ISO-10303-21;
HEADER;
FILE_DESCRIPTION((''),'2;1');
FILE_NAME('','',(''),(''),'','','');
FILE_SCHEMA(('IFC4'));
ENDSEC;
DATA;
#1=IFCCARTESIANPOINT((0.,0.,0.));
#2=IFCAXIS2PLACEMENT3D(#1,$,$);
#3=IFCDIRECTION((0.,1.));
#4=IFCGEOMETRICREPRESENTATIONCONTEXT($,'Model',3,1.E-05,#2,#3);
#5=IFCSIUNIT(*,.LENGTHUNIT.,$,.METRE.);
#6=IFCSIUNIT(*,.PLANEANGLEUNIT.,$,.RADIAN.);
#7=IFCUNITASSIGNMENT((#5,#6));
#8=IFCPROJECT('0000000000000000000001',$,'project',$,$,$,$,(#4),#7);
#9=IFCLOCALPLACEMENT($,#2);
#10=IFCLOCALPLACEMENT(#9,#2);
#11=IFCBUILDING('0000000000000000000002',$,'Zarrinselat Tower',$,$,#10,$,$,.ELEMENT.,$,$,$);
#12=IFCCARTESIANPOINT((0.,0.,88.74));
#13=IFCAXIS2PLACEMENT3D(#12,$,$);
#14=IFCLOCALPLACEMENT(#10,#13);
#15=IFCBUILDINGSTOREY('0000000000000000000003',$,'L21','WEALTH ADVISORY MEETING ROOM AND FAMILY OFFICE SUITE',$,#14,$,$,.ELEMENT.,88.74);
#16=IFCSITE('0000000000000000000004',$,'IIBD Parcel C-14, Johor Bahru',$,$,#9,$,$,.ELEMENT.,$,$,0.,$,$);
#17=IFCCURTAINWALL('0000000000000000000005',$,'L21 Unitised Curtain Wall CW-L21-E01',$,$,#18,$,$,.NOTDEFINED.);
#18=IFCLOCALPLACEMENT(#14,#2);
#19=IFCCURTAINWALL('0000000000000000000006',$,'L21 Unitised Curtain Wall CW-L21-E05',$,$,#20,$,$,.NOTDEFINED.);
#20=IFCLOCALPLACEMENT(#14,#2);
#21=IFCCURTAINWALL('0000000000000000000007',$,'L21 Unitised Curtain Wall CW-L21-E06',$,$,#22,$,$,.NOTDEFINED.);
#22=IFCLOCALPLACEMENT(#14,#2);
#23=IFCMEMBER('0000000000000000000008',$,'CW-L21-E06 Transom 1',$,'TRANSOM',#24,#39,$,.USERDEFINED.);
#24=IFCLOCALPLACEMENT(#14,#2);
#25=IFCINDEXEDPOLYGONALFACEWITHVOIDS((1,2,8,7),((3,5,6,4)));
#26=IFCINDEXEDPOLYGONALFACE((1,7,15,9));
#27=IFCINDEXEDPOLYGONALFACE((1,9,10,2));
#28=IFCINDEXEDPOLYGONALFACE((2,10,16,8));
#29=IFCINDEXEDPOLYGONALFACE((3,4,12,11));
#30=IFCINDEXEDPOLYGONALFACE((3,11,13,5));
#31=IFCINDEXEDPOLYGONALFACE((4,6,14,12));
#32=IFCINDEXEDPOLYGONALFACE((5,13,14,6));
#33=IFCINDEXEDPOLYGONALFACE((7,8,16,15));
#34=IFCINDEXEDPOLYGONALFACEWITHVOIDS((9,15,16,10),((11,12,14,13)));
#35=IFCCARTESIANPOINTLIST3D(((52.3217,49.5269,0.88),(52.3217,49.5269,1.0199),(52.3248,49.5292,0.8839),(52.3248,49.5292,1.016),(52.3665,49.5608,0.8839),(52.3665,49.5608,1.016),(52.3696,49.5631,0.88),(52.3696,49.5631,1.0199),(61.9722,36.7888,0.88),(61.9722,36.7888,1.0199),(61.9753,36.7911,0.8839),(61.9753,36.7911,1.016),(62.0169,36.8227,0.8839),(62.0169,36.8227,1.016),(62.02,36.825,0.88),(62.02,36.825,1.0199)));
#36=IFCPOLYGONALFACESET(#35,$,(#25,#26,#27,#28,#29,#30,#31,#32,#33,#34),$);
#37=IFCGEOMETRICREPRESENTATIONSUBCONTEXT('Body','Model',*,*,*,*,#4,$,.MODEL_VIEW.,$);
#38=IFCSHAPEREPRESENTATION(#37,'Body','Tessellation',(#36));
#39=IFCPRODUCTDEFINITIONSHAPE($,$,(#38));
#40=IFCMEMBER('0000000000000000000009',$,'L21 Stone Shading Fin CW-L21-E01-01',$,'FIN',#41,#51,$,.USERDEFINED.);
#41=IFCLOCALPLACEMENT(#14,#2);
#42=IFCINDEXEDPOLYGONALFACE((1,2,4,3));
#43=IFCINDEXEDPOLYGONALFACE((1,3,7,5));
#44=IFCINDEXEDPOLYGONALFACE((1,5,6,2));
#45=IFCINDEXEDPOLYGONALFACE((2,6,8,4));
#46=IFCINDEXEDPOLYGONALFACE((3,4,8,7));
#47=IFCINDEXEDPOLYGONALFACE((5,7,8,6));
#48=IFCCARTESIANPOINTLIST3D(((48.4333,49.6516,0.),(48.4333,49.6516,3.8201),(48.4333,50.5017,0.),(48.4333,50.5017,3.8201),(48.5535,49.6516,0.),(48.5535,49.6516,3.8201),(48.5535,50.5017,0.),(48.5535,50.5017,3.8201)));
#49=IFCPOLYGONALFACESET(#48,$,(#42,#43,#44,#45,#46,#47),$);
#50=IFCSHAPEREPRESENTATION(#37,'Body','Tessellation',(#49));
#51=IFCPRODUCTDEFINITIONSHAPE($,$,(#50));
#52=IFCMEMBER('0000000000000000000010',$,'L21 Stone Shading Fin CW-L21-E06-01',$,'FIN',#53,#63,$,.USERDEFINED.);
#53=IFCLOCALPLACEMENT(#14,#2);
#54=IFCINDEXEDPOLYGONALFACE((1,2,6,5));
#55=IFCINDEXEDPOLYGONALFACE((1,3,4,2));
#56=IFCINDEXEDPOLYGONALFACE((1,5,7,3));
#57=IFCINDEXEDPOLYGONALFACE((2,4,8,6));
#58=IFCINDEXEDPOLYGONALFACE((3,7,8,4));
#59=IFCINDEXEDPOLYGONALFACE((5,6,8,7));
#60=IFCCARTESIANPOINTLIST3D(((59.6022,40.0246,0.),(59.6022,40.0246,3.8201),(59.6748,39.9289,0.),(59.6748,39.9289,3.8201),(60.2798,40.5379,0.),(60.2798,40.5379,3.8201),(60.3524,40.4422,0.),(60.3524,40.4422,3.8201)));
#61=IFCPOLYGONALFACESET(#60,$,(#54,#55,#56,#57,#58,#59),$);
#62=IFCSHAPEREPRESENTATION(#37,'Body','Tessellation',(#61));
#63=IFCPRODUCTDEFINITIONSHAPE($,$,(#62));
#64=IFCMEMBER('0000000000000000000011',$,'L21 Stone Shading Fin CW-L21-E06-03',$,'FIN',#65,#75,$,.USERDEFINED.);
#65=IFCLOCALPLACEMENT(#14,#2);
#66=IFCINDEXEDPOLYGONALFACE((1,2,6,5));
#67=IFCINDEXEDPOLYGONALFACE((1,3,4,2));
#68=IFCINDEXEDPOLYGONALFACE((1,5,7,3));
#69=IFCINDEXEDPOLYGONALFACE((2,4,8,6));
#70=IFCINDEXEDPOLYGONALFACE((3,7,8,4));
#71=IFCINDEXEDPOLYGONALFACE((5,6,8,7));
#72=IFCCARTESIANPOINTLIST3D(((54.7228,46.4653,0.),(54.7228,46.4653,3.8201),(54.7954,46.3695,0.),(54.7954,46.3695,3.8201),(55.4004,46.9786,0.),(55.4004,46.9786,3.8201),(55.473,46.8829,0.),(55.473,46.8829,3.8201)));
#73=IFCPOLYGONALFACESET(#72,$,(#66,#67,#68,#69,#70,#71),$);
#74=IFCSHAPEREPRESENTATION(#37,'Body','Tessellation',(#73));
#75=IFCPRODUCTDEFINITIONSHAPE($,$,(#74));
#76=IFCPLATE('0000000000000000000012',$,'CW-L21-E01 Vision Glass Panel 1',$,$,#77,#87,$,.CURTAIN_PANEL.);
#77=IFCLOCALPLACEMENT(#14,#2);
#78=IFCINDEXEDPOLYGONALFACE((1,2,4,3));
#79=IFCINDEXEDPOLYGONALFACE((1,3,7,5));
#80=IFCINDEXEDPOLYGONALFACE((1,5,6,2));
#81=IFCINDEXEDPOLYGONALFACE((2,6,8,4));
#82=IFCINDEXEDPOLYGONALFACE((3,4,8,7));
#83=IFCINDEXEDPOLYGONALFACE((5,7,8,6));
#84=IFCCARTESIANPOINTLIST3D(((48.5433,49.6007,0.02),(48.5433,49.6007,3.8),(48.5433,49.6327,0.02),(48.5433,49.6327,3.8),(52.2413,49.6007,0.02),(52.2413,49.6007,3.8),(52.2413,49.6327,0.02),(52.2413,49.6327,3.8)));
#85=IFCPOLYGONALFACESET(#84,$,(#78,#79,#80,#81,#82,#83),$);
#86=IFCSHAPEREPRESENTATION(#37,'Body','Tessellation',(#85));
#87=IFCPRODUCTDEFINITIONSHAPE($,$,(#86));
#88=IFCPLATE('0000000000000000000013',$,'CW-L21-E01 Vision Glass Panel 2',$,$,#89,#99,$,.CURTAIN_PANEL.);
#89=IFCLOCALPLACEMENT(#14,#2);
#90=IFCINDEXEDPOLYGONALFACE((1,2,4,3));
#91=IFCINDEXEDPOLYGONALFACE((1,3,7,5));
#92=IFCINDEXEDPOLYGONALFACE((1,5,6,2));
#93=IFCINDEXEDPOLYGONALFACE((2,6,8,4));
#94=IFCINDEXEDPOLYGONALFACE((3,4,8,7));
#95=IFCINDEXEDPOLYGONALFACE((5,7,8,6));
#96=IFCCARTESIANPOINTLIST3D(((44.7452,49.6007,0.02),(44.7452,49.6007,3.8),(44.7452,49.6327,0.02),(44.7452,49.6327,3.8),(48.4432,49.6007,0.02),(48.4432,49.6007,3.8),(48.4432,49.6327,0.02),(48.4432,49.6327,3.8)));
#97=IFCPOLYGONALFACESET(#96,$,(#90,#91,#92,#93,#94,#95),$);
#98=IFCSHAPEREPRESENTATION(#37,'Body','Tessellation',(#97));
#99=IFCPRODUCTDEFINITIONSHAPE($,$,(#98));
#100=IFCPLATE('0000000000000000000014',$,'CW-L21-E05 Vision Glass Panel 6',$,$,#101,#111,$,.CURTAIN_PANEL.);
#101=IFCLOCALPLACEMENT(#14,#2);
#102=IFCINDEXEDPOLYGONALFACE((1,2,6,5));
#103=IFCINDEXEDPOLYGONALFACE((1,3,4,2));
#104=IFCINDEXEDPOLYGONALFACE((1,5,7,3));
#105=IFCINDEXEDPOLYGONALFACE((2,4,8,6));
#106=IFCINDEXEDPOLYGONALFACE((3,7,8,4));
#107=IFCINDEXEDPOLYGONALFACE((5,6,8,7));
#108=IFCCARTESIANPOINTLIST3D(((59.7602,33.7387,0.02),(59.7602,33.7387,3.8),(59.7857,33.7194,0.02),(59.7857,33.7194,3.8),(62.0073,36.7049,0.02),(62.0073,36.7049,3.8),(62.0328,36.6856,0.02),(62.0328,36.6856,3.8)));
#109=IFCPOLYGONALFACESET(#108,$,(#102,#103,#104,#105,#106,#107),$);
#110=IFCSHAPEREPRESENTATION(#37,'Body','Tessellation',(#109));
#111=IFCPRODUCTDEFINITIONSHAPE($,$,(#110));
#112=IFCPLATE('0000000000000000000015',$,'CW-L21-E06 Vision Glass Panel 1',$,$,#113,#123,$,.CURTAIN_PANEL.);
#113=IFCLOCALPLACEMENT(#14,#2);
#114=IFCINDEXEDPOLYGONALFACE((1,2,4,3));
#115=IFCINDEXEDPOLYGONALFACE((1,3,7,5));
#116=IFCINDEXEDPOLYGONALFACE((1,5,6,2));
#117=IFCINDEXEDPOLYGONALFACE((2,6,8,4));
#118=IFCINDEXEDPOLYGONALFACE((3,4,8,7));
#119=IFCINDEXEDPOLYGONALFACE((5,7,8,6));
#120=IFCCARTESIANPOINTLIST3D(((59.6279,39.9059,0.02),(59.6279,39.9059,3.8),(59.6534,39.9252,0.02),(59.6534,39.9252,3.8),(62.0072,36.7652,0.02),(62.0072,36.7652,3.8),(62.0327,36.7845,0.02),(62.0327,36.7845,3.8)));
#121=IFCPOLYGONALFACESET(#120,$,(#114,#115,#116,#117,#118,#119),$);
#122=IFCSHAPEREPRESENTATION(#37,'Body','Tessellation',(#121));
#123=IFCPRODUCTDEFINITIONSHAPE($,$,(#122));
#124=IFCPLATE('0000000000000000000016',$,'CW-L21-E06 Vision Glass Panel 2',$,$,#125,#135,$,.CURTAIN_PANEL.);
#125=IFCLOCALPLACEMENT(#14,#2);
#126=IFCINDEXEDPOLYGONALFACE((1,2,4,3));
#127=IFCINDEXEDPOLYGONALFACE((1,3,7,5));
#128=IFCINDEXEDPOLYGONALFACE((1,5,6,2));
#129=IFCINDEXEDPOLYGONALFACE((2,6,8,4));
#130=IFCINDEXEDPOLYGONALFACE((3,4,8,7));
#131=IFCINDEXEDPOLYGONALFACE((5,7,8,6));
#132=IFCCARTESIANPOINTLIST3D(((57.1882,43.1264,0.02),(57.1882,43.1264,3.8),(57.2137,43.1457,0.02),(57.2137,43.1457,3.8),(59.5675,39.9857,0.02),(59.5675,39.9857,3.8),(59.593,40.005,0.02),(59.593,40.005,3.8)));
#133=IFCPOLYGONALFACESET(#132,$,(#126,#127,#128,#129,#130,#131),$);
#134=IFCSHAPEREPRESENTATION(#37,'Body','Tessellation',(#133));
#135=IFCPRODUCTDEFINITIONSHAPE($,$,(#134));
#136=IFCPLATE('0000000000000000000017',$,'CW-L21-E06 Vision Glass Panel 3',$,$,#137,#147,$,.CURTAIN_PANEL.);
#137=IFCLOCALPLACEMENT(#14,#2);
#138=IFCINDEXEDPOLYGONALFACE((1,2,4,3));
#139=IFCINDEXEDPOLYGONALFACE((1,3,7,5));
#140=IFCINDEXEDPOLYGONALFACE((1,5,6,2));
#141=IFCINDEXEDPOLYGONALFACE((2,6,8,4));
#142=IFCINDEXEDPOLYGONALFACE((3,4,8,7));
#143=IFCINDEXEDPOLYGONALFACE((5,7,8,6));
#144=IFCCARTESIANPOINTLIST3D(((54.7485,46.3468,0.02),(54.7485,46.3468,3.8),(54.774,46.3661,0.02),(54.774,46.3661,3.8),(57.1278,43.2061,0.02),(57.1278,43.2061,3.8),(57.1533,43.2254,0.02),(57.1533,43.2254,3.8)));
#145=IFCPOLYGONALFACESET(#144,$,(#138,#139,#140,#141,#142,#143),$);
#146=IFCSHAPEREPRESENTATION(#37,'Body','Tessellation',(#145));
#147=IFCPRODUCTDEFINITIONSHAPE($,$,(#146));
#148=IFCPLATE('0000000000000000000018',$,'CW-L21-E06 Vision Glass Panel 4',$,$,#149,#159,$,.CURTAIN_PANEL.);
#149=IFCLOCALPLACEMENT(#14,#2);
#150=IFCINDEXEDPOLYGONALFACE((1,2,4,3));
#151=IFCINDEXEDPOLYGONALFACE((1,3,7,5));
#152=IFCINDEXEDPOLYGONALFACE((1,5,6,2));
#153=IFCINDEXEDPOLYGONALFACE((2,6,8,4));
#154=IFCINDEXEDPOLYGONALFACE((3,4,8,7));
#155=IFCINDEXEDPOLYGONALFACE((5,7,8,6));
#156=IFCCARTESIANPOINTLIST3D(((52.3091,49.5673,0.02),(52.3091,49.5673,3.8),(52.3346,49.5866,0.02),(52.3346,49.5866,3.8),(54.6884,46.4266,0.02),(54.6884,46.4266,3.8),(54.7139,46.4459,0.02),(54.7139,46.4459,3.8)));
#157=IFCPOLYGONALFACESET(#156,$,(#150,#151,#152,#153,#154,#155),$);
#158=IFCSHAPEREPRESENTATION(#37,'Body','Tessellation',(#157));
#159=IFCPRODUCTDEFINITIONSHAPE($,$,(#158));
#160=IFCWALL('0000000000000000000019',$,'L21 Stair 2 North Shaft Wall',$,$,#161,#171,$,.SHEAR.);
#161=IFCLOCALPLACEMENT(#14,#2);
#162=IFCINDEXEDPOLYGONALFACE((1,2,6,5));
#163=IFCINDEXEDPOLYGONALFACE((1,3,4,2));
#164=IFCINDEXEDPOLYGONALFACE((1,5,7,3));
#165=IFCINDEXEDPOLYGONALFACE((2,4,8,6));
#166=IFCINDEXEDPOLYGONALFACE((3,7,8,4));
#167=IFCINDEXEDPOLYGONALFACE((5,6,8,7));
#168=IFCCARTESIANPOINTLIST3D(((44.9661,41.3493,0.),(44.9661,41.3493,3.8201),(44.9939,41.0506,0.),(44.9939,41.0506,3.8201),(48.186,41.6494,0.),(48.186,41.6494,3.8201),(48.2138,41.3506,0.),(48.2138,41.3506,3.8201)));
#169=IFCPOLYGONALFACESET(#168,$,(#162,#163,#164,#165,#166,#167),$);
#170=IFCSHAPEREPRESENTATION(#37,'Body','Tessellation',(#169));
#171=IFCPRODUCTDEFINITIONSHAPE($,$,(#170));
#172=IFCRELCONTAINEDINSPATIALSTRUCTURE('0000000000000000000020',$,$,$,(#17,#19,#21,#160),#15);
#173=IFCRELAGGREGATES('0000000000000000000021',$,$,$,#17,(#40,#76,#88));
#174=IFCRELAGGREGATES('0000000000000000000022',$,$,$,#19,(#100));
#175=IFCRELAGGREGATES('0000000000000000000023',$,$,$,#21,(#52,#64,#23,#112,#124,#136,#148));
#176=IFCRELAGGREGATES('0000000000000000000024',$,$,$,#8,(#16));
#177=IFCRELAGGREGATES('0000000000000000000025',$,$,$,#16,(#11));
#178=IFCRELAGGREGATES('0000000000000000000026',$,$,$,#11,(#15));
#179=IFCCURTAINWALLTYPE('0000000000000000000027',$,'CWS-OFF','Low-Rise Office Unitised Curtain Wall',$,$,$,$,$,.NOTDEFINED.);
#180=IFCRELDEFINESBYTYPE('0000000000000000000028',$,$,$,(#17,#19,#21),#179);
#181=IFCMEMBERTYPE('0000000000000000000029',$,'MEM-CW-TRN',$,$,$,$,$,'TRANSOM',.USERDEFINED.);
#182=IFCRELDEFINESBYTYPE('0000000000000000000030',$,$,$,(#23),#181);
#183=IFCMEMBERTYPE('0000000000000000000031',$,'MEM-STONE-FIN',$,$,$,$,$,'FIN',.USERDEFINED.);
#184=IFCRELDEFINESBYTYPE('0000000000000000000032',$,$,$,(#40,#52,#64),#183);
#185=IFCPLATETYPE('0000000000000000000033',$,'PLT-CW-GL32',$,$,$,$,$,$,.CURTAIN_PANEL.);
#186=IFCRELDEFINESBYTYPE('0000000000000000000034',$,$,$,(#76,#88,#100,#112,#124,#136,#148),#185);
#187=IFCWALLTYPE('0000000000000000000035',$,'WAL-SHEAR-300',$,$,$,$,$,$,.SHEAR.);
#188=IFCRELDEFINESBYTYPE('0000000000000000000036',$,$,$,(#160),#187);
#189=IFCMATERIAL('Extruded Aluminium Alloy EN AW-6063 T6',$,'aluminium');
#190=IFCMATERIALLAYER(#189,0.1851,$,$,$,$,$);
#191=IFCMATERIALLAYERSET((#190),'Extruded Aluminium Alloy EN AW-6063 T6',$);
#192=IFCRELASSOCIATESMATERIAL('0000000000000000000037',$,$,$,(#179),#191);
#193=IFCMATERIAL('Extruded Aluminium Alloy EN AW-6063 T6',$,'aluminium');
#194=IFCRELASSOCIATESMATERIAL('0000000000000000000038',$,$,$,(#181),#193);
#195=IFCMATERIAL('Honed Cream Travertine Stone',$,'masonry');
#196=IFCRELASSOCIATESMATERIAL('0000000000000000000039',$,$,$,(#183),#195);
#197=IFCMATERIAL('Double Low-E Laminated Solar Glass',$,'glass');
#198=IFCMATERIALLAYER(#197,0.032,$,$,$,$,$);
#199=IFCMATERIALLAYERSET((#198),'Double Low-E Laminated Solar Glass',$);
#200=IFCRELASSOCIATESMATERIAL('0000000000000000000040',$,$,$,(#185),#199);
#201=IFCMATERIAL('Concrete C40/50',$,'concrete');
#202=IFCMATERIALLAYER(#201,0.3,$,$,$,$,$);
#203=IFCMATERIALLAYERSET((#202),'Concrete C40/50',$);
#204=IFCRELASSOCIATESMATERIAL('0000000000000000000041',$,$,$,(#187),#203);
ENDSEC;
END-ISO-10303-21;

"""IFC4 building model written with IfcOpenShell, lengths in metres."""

from ifc_helpers import new_model, si_unit, direction, frame, frame_2d, origin, origin_2d, place, context, subcontext, project, spatial, rectangle, hollow_rectangle, extrude, material, layer, layer_set, material_profile, profile_set, type_object, element, aggregate, save


model = new_model("IFC4")

# Units and contexts
model_context = context("Model", 3, precision=1e-05, world=origin(), true_north=direction((0.0, 1.0)))
body_context = subcontext(model_context, "Body", "Model", "MODEL_VIEW")
ifc_project = project(units=[si_unit("LENGTHUNIT", "METRE"), si_unit("PLANEANGLEUNIT", "RADIAN")], contexts=[model_context])

# Site, building, storey
site_placement = place(None, origin())
site = spatial("IfcSite", under=ifc_project, at=site_placement, Name="IIBD Parcel C-14, Johor Bahru", CompositionType="ELEMENT", RefElevation=0.0)
building_placement = place(site_placement, origin())
building = spatial("IfcBuilding", under=site, at=building_placement, Name="Zarrinselat Tower", CompositionType="ELEMENT")
storey_placement = place(building_placement, frame((0.0, 0.0, 88.74)))
storey = spatial("IfcBuildingStorey", under=building, at=storey_placement, Name="L21", Description="WEALTH ADVISORY MEETING ROOM AND FAMILY OFFICE SUITE", CompositionType="ELEMENT", Elevation=88.74)

# Curtain wall
ifc_material_1 = material(Name="Extruded Aluminium Alloy EN AW-6063 T6", Category="aluminium")
ifc_layer_1 = layer(ifc_material_1, 0.1851)
ifc_layer_set_1 = layer_set([ifc_layer_1], Name="Extruded Aluminium Alloy EN AW-6063 T6")
curtain_wall_type = type_object("IfcCurtainWallType", Name="CWS-OFF", Description="Low-Rise Office Unitised Curtain Wall", PredefinedType="NOTDEFINED", material=ifc_layer_set_1)
curtain_wall_1_placement = place(storey_placement, origin())
curtain_wall_1 = element("IfcCurtainWall", 1, at=curtain_wall_1_placement, inside=storey, type_object=curtain_wall_type, Name="L21 Unitised Curtain Wall CW-L21-E01", PredefinedType="NOTDEFINED")

# Curtain wall
curtain_wall_2_placement = place(storey_placement, origin())
curtain_wall_2 = element("IfcCurtainWall", 2, at=curtain_wall_2_placement, inside=storey, type_object=curtain_wall_type, Name="L21 Unitised Curtain Wall CW-L21-E05", PredefinedType="NOTDEFINED")

# Curtain wall
curtain_wall_3_placement = place(storey_placement, origin())
curtain_wall_3 = element("IfcCurtainWall", 3, at=curtain_wall_3_placement, inside=storey, type_object=curtain_wall_type, Name="L21 Unitised Curtain Wall CW-L21-E06", PredefinedType="NOTDEFINED")

# Members
ifc_material_2 = material(Name="Extruded Aluminium Alloy EN AW-6063 T6", Category="aluminium")
ifc_material_profile_1 = material_profile(ifc_material_2, hollow_rectangle(XDim=0.0601, YDim=0.1399, WallThickness=0.0039, at=origin_2d()), Name="RHS 140x60x4")
ifc_profile_set_1 = profile_set([ifc_material_profile_1], Name="Extruded Aluminium Alloy EN AW-6063 T6")
member_type_1 = type_object("IfcMemberType", Name="MEM-CW-TRN", ElementType="TRANSOM", PredefinedType="USERDEFINED", material=ifc_profile_set_1)
member_1_placement = place(storey_placement, frame((61.9961, 36.8069, 0.95), z_axis=(-0.603872, 0.797081, 0.0), x_axis=(-0.797081, -0.603872, 0.0)))
member_1 = element("IfcMember", 4, at=member_1_placement, type_object=member_type_1, Name="CW-L21-E06 Transom 1", ObjectType="TRANSOM", PredefinedType="USERDEFINED", context=body_context, shape_type="SweptSolid", body=[
    extrude(hollow_rectangle(XDim=0.0601, YDim=0.1399, WallThickness=0.0039, at=origin_2d()), origin(), (0.0, 0.0, 1.0), 15.981),
])
ifc_material_3 = material(Name="Honed Cream Travertine Stone", Category="masonry")
ifc_material_profile_2 = material_profile(ifc_material_3, rectangle(XDim=0.1201, YDim=0.8501, at=origin_2d()), Name="FIN 850x120")
ifc_profile_set_2 = profile_set([ifc_material_profile_2], Name="Honed Cream Travertine Stone")
member_type_2 = type_object("IfcMemberType", Name="MEM-STONE-FIN", ElementType="FIN", PredefinedType="USERDEFINED", material=ifc_profile_set_2)
member_2_placement = place(storey_placement, frame((48.4934, 50.0767, 0.0), z_axis=(0.0, 0.0, 1.0), x_axis=(1.0, 0.0, 0.0)))
member_2 = element("IfcMember", 5, at=member_2_placement, type_object=member_type_2, Name="L21 Stone Shading Fin CW-L21-E01-01", ObjectType="FIN", PredefinedType="USERDEFINED", context=body_context, shape_type="SweptSolid", body=[
    extrude(rectangle(XDim=0.1201, YDim=0.8501, at=origin_2d()), origin(), (0.0, 0.0, 1.0), 3.8201),
])
member_3_placement = place(storey_placement, frame((59.9773, 40.2334, 0.0), z_axis=(0.0, 0.0, 1.0), x_axis=(0.603858, -0.797092, 0.0)))
member_3 = element("IfcMember", 6, at=member_3_placement, type_object=member_type_2, Name="L21 Stone Shading Fin CW-L21-E06-01", ObjectType="FIN", PredefinedType="USERDEFINED", context=body_context, shape_type="SweptSolid", body=[
    extrude(rectangle(XDim=0.1201, YDim=0.8501, at=origin_2d()), origin(), (0.0, 0.0, 1.0), 3.8201),
])
member_4_placement = place(storey_placement, frame((55.0979, 46.6741, 0.0), z_axis=(0.0, 0.0, 1.0), x_axis=(0.603858, -0.797092, 0.0)))
member_4 = element("IfcMember", 7, at=member_4_placement, type_object=member_type_2, Name="L21 Stone Shading Fin CW-L21-E06-03", ObjectType="FIN", PredefinedType="USERDEFINED", context=body_context, shape_type="SweptSolid", body=[
    extrude(rectangle(XDim=0.1201, YDim=0.8501, at=origin_2d()), origin(), (0.0, 0.0, 1.0), 3.8201),
])

# Plates
ifc_material_4 = material(Name="Double Low-E Laminated Solar Glass", Category="glass")
ifc_layer_2 = layer(ifc_material_4, 0.032)
ifc_layer_set_2 = layer_set([ifc_layer_2], Name="Double Low-E Laminated Solar Glass")
plate_type = type_object("IfcPlateType", Name="PLT-CW-GL32", PredefinedType="CURTAIN_PANEL", material=ifc_layer_set_2)
plate_1_placement = place(storey_placement, frame((50.3923, 49.6167, 0.02), z_axis=(0.0, 0.0, 1.0), x_axis=(-1.0, 0.0, 0.0)))
plate_1 = element("IfcPlate", 8, at=plate_1_placement, type_object=plate_type, Name="CW-L21-E01 Vision Glass Panel 1", PredefinedType="CURTAIN_PANEL", context=body_context, shape_type="SweptSolid", body=[
    extrude(rectangle(XDim=3.698, YDim=0.032, at=origin_2d()), origin(), (0.0, 0.0, 1.0), 3.78),
])
plate_2_placement = place(storey_placement, frame((46.5942, 49.6167, 0.02), z_axis=(0.0, 0.0, 1.0), x_axis=(-1.0, 0.0, 0.0)))
plate_2 = element("IfcPlate", 9, at=plate_2_placement, type_object=plate_type, Name="CW-L21-E01 Vision Glass Panel 2", PredefinedType="CURTAIN_PANEL", context=body_context, shape_type="SweptSolid", body=[
    extrude(rectangle(XDim=3.698, YDim=0.032, at=origin_2d()), origin(), (0.0, 0.0, 1.0), 3.78),
])
aggregate(curtain_wall_1, [member_2, plate_1, plate_2])
plate_3_placement = place(storey_placement, frame((60.8965, 35.2122, 0.02), z_axis=(0.0, 0.0, 1.0), x_axis=(0.603856, 0.797094, 0.0)))
plate_3 = element("IfcPlate", 10, at=plate_3_placement, type_object=plate_type, Name="CW-L21-E05 Vision Glass Panel 6", PredefinedType="CURTAIN_PANEL", context=body_context, shape_type="SweptSolid", body=[
    extrude(rectangle(XDim=3.7212, YDim=0.032, at=origin_2d()), origin(), (0.0, 0.0, 1.0), 3.78),
])
aggregate(curtain_wall_2, [plate_3])
plate_4_placement = place(storey_placement, frame((60.8303, 38.3452, 0.02), z_axis=(0.0, 0.0, 1.0), x_axis=(-0.603858, 0.797092, 0.0)))
plate_4 = element("IfcPlate", 11, at=plate_4_placement, type_object=plate_type, Name="CW-L21-E06 Vision Glass Panel 1", PredefinedType="CURTAIN_PANEL", context=body_context, shape_type="SweptSolid", body=[
    extrude(rectangle(XDim=3.9402, YDim=0.032, at=origin_2d()), origin(), (0.0, 0.0, 1.0), 3.78),
])
plate_5_placement = place(storey_placement, frame((58.3906, 41.5657, 0.02), z_axis=(0.0, 0.0, 1.0), x_axis=(-0.603858, 0.797092, 0.0)))
plate_5 = element("IfcPlate", 12, at=plate_5_placement, type_object=plate_type, Name="CW-L21-E06 Vision Glass Panel 2", PredefinedType="CURTAIN_PANEL", context=body_context, shape_type="SweptSolid", body=[
    extrude(rectangle(XDim=3.9402, YDim=0.032, at=origin_2d()), origin(), (0.0, 0.0, 1.0), 3.78),
])
plate_6_placement = place(storey_placement, frame((55.9509, 44.7861, 0.02), z_axis=(0.0, 0.0, 1.0), x_axis=(-0.603858, 0.797092, 0.0)))
plate_6 = element("IfcPlate", 13, at=plate_6_placement, type_object=plate_type, Name="CW-L21-E06 Vision Glass Panel 3", PredefinedType="CURTAIN_PANEL", context=body_context, shape_type="SweptSolid", body=[
    extrude(rectangle(XDim=3.9402, YDim=0.032, at=origin_2d()), origin(), (0.0, 0.0, 1.0), 3.78),
])
plate_7_placement = place(storey_placement, frame((53.5115, 48.0066, 0.02), z_axis=(0.0, 0.0, 1.0), x_axis=(-0.603858, 0.797092, 0.0)))
plate_7 = element("IfcPlate", 14, at=plate_7_placement, type_object=plate_type, Name="CW-L21-E06 Vision Glass Panel 4", PredefinedType="CURTAIN_PANEL", context=body_context, shape_type="SweptSolid", body=[
    extrude(rectangle(XDim=3.9402, YDim=0.032, at=origin_2d()), origin(), (0.0, 0.0, 1.0), 3.78),
])
aggregate(curtain_wall_3, [member_3, member_4, member_1, plate_4, plate_5, plate_6, plate_7])

# Wall
ifc_material_5 = material(Name="Concrete C40/50", Category="concrete")
ifc_layer_3 = layer(ifc_material_5, 0.3)
ifc_layer_set_3 = layer_set([ifc_layer_3], Name="Concrete C40/50")
wall_type = type_object("IfcWallType", Name="WAL-SHEAR-300", PredefinedType="SHEAR", material=ifc_layer_set_3)
wall_placement = place(storey_placement, frame((44.98, 41.2, 0.0), z_axis=(0.0, 0.0, 1.0), x_axis=(0.995686, 0.092782, 0.0)))
element("IfcWall", 15, at=wall_placement, inside=storey, type_object=wall_type, Name="L21 Stair 2 North Shaft Wall", PredefinedType="SHEAR", context=body_context, shape_type="SweptSolid", body=[
    extrude(rectangle(XDim=3.2339, YDim=0.3, at=frame_2d((1.6169, 0.0))), origin(), (0.0, 0.0, 1.0), 3.8201),
])

save(model, "model.ifc")
